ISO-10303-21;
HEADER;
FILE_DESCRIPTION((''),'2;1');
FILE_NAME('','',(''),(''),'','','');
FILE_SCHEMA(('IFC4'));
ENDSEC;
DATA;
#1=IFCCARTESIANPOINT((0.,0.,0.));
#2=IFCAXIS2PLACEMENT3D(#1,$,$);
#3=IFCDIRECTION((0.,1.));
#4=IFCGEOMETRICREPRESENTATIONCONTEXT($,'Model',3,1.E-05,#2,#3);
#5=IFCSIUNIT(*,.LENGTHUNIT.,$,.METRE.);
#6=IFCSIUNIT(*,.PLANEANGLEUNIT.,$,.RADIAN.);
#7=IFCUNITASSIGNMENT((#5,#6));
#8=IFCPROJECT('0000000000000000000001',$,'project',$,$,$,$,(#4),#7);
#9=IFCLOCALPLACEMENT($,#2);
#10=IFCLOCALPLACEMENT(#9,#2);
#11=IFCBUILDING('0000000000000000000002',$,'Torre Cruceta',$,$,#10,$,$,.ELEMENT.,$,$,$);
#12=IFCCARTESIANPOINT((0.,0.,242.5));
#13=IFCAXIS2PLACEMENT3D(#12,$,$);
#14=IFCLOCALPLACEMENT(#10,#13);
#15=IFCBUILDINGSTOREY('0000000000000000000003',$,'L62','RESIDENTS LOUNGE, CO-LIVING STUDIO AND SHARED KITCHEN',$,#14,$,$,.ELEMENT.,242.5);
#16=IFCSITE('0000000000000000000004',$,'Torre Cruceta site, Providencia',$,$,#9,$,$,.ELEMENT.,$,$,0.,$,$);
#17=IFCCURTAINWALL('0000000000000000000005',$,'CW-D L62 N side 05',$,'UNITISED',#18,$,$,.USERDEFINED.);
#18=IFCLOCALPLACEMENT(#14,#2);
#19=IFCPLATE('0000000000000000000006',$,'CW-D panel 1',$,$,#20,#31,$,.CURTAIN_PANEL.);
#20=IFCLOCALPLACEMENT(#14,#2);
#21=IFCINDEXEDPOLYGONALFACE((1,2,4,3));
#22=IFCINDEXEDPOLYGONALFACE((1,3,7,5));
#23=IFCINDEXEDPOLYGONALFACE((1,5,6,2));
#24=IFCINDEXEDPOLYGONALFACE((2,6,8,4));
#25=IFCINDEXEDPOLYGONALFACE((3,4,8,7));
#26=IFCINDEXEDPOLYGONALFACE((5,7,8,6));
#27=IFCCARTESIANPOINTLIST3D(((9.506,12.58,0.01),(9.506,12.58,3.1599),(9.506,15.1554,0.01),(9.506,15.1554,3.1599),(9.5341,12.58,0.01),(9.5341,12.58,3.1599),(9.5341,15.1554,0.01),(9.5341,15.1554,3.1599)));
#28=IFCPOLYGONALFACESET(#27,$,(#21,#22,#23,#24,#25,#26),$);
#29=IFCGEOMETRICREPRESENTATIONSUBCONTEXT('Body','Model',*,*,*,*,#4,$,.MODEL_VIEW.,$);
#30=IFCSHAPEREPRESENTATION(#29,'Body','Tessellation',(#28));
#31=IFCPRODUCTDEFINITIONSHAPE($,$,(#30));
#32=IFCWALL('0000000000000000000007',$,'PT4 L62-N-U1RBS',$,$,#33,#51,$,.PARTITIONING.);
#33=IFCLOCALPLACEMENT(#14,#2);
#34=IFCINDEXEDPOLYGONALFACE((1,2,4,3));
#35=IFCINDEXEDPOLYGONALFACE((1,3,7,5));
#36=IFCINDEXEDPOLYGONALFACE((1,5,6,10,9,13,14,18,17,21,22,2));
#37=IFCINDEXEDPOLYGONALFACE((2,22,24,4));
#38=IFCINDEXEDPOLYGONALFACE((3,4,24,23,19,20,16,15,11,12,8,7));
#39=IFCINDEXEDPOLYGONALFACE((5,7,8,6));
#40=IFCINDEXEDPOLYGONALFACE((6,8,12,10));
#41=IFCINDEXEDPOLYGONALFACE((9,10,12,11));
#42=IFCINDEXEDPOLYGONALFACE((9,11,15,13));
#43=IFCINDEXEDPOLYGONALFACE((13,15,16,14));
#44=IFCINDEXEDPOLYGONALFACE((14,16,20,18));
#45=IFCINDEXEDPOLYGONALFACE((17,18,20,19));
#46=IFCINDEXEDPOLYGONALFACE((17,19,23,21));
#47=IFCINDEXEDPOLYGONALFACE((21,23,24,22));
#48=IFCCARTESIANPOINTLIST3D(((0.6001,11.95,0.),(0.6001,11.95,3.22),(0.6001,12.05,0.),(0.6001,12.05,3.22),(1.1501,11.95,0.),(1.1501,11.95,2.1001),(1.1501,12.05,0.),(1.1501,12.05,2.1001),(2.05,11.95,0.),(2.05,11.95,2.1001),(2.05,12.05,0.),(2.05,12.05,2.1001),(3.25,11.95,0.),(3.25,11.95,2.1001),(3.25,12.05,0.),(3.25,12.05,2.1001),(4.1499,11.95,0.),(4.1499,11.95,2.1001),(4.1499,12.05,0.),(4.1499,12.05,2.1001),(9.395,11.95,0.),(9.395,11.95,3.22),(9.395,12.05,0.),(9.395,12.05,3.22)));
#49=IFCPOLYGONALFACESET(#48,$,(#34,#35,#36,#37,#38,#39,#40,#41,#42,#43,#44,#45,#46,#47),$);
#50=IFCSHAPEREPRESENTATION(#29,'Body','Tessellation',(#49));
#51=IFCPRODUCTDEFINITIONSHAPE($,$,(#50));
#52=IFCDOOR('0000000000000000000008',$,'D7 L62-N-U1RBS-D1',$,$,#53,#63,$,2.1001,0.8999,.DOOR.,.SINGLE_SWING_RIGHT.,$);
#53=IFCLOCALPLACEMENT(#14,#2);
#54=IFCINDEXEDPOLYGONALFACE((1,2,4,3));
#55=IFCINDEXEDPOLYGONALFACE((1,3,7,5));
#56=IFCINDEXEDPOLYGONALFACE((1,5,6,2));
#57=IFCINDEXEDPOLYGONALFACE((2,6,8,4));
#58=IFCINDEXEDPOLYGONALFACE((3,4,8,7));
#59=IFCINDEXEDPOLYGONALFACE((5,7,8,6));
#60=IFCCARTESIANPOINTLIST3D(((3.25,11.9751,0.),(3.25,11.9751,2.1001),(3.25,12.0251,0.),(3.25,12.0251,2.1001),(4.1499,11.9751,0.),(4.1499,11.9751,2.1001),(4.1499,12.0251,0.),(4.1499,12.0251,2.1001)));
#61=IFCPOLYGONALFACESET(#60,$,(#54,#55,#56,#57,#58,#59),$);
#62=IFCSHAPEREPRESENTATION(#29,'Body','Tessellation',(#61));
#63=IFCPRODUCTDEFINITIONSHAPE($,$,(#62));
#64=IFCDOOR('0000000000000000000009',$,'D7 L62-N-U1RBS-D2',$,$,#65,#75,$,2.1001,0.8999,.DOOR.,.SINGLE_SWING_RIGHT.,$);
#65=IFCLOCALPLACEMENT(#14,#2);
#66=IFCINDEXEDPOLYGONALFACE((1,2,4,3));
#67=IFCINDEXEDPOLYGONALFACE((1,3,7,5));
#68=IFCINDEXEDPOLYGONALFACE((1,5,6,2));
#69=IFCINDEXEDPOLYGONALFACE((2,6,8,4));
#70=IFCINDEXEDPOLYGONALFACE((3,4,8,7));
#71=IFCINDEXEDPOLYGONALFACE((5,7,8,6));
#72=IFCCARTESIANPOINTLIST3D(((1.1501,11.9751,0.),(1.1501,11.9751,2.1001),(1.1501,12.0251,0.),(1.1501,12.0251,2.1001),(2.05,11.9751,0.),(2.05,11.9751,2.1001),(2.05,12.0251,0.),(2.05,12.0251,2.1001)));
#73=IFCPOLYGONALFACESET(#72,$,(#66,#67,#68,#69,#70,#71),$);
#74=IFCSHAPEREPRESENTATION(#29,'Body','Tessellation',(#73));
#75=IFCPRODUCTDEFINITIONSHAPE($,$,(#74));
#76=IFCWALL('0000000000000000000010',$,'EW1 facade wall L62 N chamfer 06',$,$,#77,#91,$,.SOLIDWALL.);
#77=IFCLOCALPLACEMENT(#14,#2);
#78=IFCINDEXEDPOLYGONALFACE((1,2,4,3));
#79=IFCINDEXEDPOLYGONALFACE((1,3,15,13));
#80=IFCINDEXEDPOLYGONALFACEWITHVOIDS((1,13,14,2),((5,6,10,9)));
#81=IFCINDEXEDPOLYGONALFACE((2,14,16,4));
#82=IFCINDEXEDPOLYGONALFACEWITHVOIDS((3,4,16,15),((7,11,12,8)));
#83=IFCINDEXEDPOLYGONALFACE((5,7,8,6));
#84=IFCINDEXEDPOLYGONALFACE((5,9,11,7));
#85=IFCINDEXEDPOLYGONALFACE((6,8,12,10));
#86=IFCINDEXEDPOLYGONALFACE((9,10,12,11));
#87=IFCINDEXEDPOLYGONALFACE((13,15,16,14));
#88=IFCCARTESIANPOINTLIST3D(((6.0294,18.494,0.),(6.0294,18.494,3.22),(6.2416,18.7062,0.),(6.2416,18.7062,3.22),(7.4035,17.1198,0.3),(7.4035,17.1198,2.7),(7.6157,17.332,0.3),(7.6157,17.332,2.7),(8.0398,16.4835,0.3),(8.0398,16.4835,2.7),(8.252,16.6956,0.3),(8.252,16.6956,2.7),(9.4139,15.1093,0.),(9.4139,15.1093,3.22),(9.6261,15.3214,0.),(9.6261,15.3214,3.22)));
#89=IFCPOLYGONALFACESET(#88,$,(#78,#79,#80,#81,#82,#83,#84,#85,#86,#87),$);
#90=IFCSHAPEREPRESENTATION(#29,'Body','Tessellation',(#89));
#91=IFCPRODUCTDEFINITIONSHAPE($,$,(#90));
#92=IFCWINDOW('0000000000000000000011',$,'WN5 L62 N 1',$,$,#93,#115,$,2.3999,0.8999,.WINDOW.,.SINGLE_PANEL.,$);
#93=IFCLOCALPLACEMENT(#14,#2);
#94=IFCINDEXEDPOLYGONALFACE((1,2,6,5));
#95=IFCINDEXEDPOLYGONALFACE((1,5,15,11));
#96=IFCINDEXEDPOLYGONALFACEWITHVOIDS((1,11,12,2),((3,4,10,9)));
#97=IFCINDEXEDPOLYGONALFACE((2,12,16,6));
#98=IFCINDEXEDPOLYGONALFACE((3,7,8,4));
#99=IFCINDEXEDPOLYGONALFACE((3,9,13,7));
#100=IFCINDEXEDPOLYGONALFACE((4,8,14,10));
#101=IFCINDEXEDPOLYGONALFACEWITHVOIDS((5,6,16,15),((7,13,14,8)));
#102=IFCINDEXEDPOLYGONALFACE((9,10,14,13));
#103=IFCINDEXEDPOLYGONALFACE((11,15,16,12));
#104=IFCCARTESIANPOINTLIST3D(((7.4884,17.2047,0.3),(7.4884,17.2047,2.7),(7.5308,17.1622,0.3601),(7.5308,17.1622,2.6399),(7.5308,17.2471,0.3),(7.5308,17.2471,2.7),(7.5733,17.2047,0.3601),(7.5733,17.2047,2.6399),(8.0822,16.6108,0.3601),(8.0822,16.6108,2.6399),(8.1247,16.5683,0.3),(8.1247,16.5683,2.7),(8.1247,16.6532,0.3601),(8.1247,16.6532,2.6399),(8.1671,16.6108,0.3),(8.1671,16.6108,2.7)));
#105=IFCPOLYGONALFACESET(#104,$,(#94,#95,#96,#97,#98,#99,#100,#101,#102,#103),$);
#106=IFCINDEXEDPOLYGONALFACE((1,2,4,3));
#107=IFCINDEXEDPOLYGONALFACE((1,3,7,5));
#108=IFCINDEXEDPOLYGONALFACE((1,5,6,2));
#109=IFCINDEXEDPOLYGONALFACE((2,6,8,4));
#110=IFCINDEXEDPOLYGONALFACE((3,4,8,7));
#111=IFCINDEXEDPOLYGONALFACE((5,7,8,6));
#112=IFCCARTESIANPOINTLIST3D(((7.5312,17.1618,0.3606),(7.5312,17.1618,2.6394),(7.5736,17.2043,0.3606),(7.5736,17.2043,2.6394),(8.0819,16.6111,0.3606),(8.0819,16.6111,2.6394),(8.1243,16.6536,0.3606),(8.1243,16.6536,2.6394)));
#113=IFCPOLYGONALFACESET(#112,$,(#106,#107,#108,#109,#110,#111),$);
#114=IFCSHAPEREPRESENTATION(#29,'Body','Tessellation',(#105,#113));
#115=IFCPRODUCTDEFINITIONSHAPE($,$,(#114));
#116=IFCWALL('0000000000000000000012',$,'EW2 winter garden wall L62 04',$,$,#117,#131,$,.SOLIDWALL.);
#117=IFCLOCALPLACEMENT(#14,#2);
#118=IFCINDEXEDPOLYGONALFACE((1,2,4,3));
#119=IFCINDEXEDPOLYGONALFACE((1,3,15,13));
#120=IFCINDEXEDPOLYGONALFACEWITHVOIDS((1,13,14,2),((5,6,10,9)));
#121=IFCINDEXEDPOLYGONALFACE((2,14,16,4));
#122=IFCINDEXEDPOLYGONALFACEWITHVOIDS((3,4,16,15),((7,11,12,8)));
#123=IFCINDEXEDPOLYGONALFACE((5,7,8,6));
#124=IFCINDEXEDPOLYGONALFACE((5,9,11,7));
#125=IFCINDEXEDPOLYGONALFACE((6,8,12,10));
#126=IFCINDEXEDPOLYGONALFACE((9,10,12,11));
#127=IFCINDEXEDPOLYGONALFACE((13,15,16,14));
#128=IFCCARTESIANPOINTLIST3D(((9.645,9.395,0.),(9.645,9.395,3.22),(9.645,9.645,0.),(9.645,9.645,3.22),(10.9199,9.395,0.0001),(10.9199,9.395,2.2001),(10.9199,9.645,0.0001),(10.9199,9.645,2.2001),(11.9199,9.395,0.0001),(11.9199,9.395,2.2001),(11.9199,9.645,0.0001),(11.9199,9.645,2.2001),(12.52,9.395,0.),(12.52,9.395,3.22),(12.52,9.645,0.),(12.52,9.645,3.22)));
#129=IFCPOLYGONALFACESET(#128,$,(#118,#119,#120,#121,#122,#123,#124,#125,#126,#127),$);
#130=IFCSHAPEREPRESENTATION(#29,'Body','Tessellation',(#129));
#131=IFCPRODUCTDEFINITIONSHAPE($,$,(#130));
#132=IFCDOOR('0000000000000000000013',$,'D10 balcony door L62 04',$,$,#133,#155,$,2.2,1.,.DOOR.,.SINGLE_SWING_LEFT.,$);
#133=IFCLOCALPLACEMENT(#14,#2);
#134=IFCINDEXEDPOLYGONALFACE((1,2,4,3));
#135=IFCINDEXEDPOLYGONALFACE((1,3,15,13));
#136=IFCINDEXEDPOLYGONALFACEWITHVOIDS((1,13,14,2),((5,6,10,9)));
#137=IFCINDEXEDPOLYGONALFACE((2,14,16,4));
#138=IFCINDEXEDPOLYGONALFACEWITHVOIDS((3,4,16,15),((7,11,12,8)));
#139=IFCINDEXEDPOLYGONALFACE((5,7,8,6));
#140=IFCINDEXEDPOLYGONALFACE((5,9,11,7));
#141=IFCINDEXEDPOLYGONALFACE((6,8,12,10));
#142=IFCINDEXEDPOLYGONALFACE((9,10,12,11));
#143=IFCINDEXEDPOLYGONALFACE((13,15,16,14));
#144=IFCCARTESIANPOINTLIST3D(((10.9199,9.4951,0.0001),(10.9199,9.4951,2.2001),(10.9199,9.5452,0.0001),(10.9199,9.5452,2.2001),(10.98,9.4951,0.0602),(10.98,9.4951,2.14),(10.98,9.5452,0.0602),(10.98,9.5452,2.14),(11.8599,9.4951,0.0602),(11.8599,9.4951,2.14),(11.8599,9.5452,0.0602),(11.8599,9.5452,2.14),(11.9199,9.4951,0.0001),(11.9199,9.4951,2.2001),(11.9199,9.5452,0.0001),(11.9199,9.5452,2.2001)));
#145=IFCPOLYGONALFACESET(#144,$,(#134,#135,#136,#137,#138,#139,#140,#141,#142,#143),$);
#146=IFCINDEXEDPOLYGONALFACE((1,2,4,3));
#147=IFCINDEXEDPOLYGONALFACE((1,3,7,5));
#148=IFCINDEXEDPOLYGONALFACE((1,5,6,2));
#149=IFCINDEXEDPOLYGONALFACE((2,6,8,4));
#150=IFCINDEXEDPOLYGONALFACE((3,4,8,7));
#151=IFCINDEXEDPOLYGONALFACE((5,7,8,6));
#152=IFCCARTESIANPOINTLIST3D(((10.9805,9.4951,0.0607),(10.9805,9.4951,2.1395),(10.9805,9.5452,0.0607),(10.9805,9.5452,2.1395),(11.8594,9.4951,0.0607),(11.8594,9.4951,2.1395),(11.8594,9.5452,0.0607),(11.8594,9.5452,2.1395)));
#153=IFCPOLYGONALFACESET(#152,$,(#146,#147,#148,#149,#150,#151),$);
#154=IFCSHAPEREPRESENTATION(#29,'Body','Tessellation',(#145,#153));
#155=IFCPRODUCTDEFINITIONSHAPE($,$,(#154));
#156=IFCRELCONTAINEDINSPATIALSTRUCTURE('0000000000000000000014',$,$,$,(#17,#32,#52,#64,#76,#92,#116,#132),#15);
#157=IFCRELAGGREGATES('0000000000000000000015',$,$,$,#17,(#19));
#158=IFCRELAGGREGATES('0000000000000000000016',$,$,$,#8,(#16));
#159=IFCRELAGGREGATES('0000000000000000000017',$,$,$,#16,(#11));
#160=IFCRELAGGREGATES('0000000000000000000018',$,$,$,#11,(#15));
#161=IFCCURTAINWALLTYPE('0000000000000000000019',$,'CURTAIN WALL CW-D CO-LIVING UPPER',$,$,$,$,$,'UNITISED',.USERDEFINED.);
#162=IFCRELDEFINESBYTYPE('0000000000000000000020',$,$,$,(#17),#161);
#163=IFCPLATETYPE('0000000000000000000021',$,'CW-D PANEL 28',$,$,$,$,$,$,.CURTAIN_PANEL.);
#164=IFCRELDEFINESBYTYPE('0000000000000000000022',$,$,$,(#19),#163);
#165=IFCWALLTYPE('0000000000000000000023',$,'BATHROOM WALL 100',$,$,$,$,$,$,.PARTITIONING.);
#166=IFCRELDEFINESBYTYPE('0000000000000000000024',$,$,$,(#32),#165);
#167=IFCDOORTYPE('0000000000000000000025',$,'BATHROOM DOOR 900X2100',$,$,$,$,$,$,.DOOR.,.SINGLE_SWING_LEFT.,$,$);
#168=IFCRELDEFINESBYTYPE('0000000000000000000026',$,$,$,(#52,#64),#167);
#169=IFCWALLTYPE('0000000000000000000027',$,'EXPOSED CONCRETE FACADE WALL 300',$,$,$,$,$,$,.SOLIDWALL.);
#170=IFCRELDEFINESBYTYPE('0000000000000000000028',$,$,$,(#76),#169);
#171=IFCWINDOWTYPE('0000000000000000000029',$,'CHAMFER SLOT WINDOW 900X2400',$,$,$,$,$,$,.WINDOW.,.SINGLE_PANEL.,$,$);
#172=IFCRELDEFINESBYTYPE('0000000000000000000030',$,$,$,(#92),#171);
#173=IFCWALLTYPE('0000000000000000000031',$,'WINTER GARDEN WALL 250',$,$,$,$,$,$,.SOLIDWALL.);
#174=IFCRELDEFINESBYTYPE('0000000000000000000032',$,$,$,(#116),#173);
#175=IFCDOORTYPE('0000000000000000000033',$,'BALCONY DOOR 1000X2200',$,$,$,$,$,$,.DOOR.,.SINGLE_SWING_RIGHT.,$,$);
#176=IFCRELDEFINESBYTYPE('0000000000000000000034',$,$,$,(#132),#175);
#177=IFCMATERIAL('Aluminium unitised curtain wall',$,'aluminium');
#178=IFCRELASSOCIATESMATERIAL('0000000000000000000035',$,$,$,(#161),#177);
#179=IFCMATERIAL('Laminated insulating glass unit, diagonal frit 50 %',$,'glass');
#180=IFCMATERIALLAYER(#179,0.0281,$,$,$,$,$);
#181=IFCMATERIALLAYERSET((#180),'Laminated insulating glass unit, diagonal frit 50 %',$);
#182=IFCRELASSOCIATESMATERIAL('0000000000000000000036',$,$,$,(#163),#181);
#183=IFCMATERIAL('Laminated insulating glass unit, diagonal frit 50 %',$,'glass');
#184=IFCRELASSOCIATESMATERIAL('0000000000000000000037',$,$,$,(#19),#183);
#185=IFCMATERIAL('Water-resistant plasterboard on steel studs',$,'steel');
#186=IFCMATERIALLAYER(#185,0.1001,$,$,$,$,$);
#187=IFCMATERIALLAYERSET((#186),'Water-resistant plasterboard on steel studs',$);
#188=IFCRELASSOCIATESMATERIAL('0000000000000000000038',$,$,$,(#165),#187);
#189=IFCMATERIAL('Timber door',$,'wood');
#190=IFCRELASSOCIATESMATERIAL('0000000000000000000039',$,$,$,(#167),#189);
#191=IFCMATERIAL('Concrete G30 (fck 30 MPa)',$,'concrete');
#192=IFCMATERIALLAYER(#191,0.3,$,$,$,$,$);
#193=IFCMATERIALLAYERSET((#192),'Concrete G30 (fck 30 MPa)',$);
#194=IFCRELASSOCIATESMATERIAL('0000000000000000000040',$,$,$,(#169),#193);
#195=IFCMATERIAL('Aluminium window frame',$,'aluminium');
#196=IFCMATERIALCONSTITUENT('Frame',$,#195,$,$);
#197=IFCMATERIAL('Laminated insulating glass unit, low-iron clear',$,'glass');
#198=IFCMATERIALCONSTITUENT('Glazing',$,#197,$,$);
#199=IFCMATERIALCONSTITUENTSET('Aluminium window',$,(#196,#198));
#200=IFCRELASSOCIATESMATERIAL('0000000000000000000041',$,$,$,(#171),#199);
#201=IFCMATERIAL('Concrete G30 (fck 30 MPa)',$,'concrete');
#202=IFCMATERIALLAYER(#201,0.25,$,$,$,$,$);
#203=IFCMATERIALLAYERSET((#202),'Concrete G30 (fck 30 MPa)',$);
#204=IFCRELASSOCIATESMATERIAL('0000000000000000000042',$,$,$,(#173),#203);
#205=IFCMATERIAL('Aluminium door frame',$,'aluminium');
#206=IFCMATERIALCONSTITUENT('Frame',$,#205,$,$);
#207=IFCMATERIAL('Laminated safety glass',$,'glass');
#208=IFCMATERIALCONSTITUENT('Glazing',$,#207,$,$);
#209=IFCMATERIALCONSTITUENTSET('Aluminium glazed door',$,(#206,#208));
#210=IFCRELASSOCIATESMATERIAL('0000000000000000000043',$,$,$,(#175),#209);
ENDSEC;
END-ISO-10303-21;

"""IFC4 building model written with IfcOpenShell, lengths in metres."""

from ifc_helpers import new_model, si_unit, direction, frame, frame_2d, origin, origin_2d, place, context, subcontext, project, spatial, rectangle, hollow_rectangle, extrude, material, layer, layer_set, constituent, constituent_set, type_object, element, fill, aggregate, save


model = new_model("IFC4")

# Units and contexts
model_context = context("Model", 3, precision=1e-05, world=origin(), true_north=direction((0.0, 1.0)))
body_context = subcontext(model_context, "Body", "Model", "MODEL_VIEW")
ifc_project = project(units=[si_unit("LENGTHUNIT", "METRE"), si_unit("PLANEANGLEUNIT", "RADIAN")], contexts=[model_context])

# Site, building, storey
site_placement = place(None, origin())
site = spatial("IfcSite", under=ifc_project, at=site_placement, Name="Torre Cruceta site, Providencia", CompositionType="ELEMENT", RefElevation=0.0)
building_placement = place(site_placement, origin())
building = spatial("IfcBuilding", under=site, at=building_placement, Name="Torre Cruceta", CompositionType="ELEMENT")
storey_placement = place(building_placement, frame((0.0, 0.0, 242.5)))
storey = spatial("IfcBuildingStorey", under=building, at=storey_placement, Name="L62", Description="RESIDENTS LOUNGE, CO-LIVING STUDIO AND SHARED KITCHEN", CompositionType="ELEMENT", Elevation=242.5)

# Curtain wall
ifc_material_1 = material(Name="Aluminium unitised curtain wall", Category="aluminium")
curtain_wall_type = type_object("IfcCurtainWallType", Name="CURTAIN WALL CW-D CO-LIVING UPPER", ElementType="UNITISED", PredefinedType="USERDEFINED", material=ifc_material_1)
curtain_wall_1_placement = place(storey_placement, origin())
curtain_wall_1 = element("IfcCurtainWall", 1, at=curtain_wall_1_placement, inside=storey, type_object=curtain_wall_type, Name="CW-D L62 N side 05", ObjectType="UNITISED", PredefinedType="USERDEFINED")

# Plate
ifc_material_2 = material(Name="Laminated insulating glass unit, diagonal frit 50 %", Category="glass")
ifc_material_3 = material(Name="Laminated insulating glass unit, diagonal frit 50 %", Category="glass")
ifc_layer_1 = layer(ifc_material_3, 0.0281)
ifc_layer_set_1 = layer_set([ifc_layer_1], Name="Laminated insulating glass unit, diagonal frit 50 %")
plate_type = type_object("IfcPlateType", Name="CW-D PANEL 28", PredefinedType="CURTAIN_PANEL", material=ifc_layer_set_1)
plate_1_placement = place(storey_placement, frame((9.52, 13.8677, 0.01), z_axis=(0.0, 0.0, 1.0), x_axis=(0.0, 1.0, 0.0)))
plate_1 = element("IfcPlate", 2, at=plate_1_placement, type_object=plate_type, material=ifc_material_2, Name="CW-D panel 1", PredefinedType="CURTAIN_PANEL", context=body_context, shape_type="SweptSolid", body=[
    extrude(rectangle(XDim=2.5754, YDim=0.0281, at=origin_2d()), origin(), (0.0, 0.0, 1.0), 3.1499),
])
aggregate(curtain_wall_1, [plate_1])

# Wall, openings, doors
ifc_material_4 = material(Name="Water-resistant plasterboard on steel studs", Category="steel")
ifc_layer_2 = layer(ifc_material_4, 0.1001)
ifc_layer_set_2 = layer_set([ifc_layer_2], Name="Water-resistant plasterboard on steel studs")
wall_type_1 = type_object("IfcWallType", Name="BATHROOM WALL 100", PredefinedType="PARTITIONING", material=ifc_layer_set_2)
wall_1_placement = place(storey_placement, frame((9.395, 12.0, 0.0), z_axis=(0.0, 0.0, 1.0), x_axis=(-1.0, 0.0, 0.0)))
wall_1 = element("IfcWall", 3, at=wall_1_placement, inside=storey, type_object=wall_type_1, Name="PT4 L62-N-U1RBS", PredefinedType="PARTITIONING", context=body_context, shape_type="SweptSolid", body=[
    extrude(rectangle(XDim=8.7949, YDim=0.1001, at=frame_2d((4.3975, 0.0))), origin(), (0.0, 0.0, 1.0), 3.22),
])
opening_1_placement = place(wall_1_placement, frame((5.2451, 0.0, 0.0)))
opening_1 = element("IfcOpeningElement", 4, at=opening_1_placement, cuts=wall_1, PredefinedType="OPENING", context=body_context, shape_type="SweptSolid", body=[
    extrude(rectangle(XDim=0.8999, YDim=2.1001, at=frame_2d((0.45, 1.05))), frame((0.0, 0.0601, 0.0), z_axis=(0.0, -1.0, 0.0), x_axis=(1.0, 0.0, 0.0)), (0.0, 0.0, 1.0), 0.1201),
])
opening_2_placement = place(wall_1_placement, frame((7.345, 0.0, 0.0)))
opening_2 = element("IfcOpeningElement", 5, at=opening_2_placement, cuts=wall_1, PredefinedType="OPENING", context=body_context, shape_type="SweptSolid", body=[
    extrude(rectangle(XDim=0.8999, YDim=2.1001, at=frame_2d((0.45, 1.05))), frame((0.0, 0.0601, 0.0), z_axis=(0.0, -1.0, 0.0), x_axis=(1.0, 0.0, 0.0)), (0.0, 0.0, 1.0), 0.1201),
])
ifc_material_5 = material(Name="Timber door", Category="wood")
door_type_1 = type_object("IfcDoorType", Name="BATHROOM DOOR 900X2100", OperationType="SINGLE_SWING_LEFT", PredefinedType="DOOR", material=ifc_material_5)
door_1_placement = place(opening_1_placement, origin())
door_1 = element("IfcDoor", 6, at=door_1_placement, inside=storey, type_object=door_type_1, Name="D7 L62-N-U1RBS-D1", OperationType="SINGLE_SWING_RIGHT", OverallHeight=2.1001, OverallWidth=0.8999, PredefinedType="DOOR", context=body_context, shape_type="SweptSolid", body=[
    extrude(rectangle(XDim=0.8999, YDim=2.1001, at=frame_2d((0.45, 1.05))), frame((0.0, 0.0249, 0.0), z_axis=(0.0, -1.0, 0.0), x_axis=(1.0, 0.0, 0.0)), (0.0, 0.0, 1.0), 0.05),
])
fill(opening_1, door_1)
door_2_placement = place(opening_2_placement, origin())
door_2 = element("IfcDoor", 7, at=door_2_placement, inside=storey, type_object=door_type_1, Name="D7 L62-N-U1RBS-D2", OperationType="SINGLE_SWING_RIGHT", OverallHeight=2.1001, OverallWidth=0.8999, PredefinedType="DOOR", context=body_context, shape_type="SweptSolid", body=[
    extrude(rectangle(XDim=0.8999, YDim=2.1001, at=frame_2d((0.45, 1.05))), frame((0.0, 0.0249, 0.0), z_axis=(0.0, -1.0, 0.0), x_axis=(1.0, 0.0, 0.0)), (0.0, 0.0, 1.0), 0.05),
])
fill(opening_2, door_2)

# Wall, opening, window
ifc_material_6 = material(Name="Concrete G30 (fck 30 MPa)", Category="concrete")
ifc_layer_3 = layer(ifc_material_6, 0.3)
ifc_layer_set_3 = layer_set([ifc_layer_3], Name="Concrete G30 (fck 30 MPa)")
wall_type_2 = type_object("IfcWallType", Name="EXPOSED CONCRETE FACADE WALL 300", PredefinedType="SOLIDWALL", material=ifc_layer_set_3)
wall_2_placement = place(storey_placement, frame((9.52, 15.2153, 0.0), z_axis=(0.0, 0.0, 1.0), x_axis=(-0.707081, 0.707132, 0.0)))
wall_2 = element("IfcWall", 8, at=wall_2_placement, inside=storey, type_object=wall_type_2, Name="EW1 facade wall L62 N chamfer 06", PredefinedType="SOLIDWALL", context=body_context, shape_type="SweptSolid", body=[
    extrude(rectangle(XDim=4.7866, YDim=0.3, at=frame_2d((2.3933, 0.0))), origin(), (0.0, 0.0, 1.0), 3.22),
])
opening_3_placement = place(wall_2_placement, frame((1.9434, 0.0, 0.3)))
opening_3 = element("IfcOpeningElement", 9, at=opening_3_placement, cuts=wall_2, PredefinedType="OPENING", context=body_context, shape_type="SweptSolid", body=[
    extrude(rectangle(XDim=0.8999, YDim=2.3999, at=frame_2d((0.45, 1.2))), frame((0.0, 0.1599, 0.0), z_axis=(0.0, -1.0, 0.0), x_axis=(1.0, 0.0, 0.0)), (0.0, 0.0, 1.0), 0.3201),
])
ifc_material_7 = material(Name="Aluminium window frame", Category="aluminium")
ifc_constituent_1 = constituent(ifc_material_7, Name="Frame")
ifc_material_8 = material(Name="Laminated insulating glass unit, low-iron clear", Category="glass")
ifc_constituent_2 = constituent(ifc_material_8, Name="Glazing")
ifc_constituent_set_1 = constituent_set(constituents=[ifc_constituent_1, ifc_constituent_2], Name="Aluminium window")
window_type = type_object("IfcWindowType", Name="CHAMFER SLOT WINDOW 900X2400", PartitioningType="SINGLE_PANEL", PredefinedType="WINDOW", material=ifc_constituent_set_1)
window_placement = place(opening_3_placement, origin())
window = element("IfcWindow", 10, at=window_placement, inside=storey, type_object=window_type, Name="WN5 L62 N 1", OverallHeight=2.3999, OverallWidth=0.8999, PartitioningType="SINGLE_PANEL", PredefinedType="WINDOW", context=body_context, shape_type="SweptSolid", body=[
    extrude(hollow_rectangle(XDim=0.8999, YDim=2.3999, WallThickness=0.0601, at=frame_2d((0.45, 1.2))), frame((0.0, 0.03, 0.0), z_axis=(0.0, -1.0, 0.0), x_axis=(1.0, 0.0, 0.0)), (0.0, 0.0, 1.0), 0.0601),
    extrude(rectangle(XDim=0.7788, YDim=2.2788, at=frame_2d((0.45, 1.2))), frame((0.0, 0.03, 0.0), z_axis=(0.0, -1.0, 0.0), x_axis=(1.0, 0.0, 0.0)), (0.0, 0.0, 1.0), 0.0601),
])
fill(opening_3, window)

# Wall, opening, door
ifc_material_9 = material(Name="Concrete G30 (fck 30 MPa)", Category="concrete")
ifc_layer_4 = layer(ifc_material_9, 0.25)
ifc_layer_set_4 = layer_set([ifc_layer_4], Name="Concrete G30 (fck 30 MPa)")
wall_type_3 = type_object("IfcWallType", Name="WINTER GARDEN WALL 250", PredefinedType="SOLIDWALL", material=ifc_layer_set_4)
wall_3_placement = place(storey_placement, frame((12.52, 9.52, 0.0), z_axis=(0.0, 0.0, 1.0), x_axis=(-1.0, 0.0, 0.0)))
wall_3 = element("IfcWall", 11, at=wall_3_placement, inside=storey, type_object=wall_type_3, Name="EW2 winter garden wall L62 04", PredefinedType="SOLIDWALL", context=body_context, shape_type="SweptSolid", body=[
    extrude(rectangle(XDim=2.875, YDim=0.25, at=frame_2d((1.4375, 0.0))), origin(), (0.0, 0.0, 1.0), 3.22),
])
opening_4_placement = place(wall_3_placement, frame((0.6001, 0.0, 0.0)))
opening_4 = element("IfcOpeningElement", 12, at=opening_4_placement, cuts=wall_3, PredefinedType="OPENING", context=body_context, shape_type="SweptSolid", body=[
    extrude(rectangle(XDim=1.0, YDim=2.2, at=frame_2d((0.5, 1.1001))), frame((0.0, 0.135, 0.0), z_axis=(0.0, -1.0, 0.0), x_axis=(1.0, 0.0, 0.0)), (0.0, 0.0, 1.0), 0.27),
])
ifc_material_10 = material(Name="Aluminium door frame", Category="aluminium")
ifc_constituent_3 = constituent(ifc_material_10, Name="Frame")
ifc_material_11 = material(Name="Laminated safety glass", Category="glass")
ifc_constituent_4 = constituent(ifc_material_11, Name="Glazing")
ifc_constituent_set_2 = constituent_set(constituents=[ifc_constituent_3, ifc_constituent_4], Name="Aluminium glazed door")
door_type_2 = type_object("IfcDoorType", Name="BALCONY DOOR 1000X2200", OperationType="SINGLE_SWING_RIGHT", PredefinedType="DOOR", material=ifc_constituent_set_2)
door_3_placement = place(opening_4_placement, origin())
door_3 = element("IfcDoor", 13, at=door_3_placement, inside=storey, type_object=door_type_2, Name="D10 balcony door L62 04", OperationType="SINGLE_SWING_LEFT", OverallHeight=2.2, OverallWidth=1.0, PredefinedType="DOOR", context=body_context, shape_type="SweptSolid", body=[
    extrude(hollow_rectangle(XDim=1.0, YDim=2.2, WallThickness=0.0601, at=frame_2d((0.5, 1.1001))), frame((0.0, 0.0249, 0.0), z_axis=(0.0, -1.0, 0.0), x_axis=(1.0, 0.0, 0.0)), (0.0, 0.0, 1.0), 0.05),
    extrude(rectangle(XDim=0.8789, YDim=2.0789, at=frame_2d((0.5, 1.1001))), frame((0.0, 0.0249, 0.0), z_axis=(0.0, -1.0, 0.0), x_axis=(1.0, 0.0, 0.0)), (0.0, 0.0, 1.0), 0.05),
])
fill(opening_4, door_3)

save(model, "model.ifc")
